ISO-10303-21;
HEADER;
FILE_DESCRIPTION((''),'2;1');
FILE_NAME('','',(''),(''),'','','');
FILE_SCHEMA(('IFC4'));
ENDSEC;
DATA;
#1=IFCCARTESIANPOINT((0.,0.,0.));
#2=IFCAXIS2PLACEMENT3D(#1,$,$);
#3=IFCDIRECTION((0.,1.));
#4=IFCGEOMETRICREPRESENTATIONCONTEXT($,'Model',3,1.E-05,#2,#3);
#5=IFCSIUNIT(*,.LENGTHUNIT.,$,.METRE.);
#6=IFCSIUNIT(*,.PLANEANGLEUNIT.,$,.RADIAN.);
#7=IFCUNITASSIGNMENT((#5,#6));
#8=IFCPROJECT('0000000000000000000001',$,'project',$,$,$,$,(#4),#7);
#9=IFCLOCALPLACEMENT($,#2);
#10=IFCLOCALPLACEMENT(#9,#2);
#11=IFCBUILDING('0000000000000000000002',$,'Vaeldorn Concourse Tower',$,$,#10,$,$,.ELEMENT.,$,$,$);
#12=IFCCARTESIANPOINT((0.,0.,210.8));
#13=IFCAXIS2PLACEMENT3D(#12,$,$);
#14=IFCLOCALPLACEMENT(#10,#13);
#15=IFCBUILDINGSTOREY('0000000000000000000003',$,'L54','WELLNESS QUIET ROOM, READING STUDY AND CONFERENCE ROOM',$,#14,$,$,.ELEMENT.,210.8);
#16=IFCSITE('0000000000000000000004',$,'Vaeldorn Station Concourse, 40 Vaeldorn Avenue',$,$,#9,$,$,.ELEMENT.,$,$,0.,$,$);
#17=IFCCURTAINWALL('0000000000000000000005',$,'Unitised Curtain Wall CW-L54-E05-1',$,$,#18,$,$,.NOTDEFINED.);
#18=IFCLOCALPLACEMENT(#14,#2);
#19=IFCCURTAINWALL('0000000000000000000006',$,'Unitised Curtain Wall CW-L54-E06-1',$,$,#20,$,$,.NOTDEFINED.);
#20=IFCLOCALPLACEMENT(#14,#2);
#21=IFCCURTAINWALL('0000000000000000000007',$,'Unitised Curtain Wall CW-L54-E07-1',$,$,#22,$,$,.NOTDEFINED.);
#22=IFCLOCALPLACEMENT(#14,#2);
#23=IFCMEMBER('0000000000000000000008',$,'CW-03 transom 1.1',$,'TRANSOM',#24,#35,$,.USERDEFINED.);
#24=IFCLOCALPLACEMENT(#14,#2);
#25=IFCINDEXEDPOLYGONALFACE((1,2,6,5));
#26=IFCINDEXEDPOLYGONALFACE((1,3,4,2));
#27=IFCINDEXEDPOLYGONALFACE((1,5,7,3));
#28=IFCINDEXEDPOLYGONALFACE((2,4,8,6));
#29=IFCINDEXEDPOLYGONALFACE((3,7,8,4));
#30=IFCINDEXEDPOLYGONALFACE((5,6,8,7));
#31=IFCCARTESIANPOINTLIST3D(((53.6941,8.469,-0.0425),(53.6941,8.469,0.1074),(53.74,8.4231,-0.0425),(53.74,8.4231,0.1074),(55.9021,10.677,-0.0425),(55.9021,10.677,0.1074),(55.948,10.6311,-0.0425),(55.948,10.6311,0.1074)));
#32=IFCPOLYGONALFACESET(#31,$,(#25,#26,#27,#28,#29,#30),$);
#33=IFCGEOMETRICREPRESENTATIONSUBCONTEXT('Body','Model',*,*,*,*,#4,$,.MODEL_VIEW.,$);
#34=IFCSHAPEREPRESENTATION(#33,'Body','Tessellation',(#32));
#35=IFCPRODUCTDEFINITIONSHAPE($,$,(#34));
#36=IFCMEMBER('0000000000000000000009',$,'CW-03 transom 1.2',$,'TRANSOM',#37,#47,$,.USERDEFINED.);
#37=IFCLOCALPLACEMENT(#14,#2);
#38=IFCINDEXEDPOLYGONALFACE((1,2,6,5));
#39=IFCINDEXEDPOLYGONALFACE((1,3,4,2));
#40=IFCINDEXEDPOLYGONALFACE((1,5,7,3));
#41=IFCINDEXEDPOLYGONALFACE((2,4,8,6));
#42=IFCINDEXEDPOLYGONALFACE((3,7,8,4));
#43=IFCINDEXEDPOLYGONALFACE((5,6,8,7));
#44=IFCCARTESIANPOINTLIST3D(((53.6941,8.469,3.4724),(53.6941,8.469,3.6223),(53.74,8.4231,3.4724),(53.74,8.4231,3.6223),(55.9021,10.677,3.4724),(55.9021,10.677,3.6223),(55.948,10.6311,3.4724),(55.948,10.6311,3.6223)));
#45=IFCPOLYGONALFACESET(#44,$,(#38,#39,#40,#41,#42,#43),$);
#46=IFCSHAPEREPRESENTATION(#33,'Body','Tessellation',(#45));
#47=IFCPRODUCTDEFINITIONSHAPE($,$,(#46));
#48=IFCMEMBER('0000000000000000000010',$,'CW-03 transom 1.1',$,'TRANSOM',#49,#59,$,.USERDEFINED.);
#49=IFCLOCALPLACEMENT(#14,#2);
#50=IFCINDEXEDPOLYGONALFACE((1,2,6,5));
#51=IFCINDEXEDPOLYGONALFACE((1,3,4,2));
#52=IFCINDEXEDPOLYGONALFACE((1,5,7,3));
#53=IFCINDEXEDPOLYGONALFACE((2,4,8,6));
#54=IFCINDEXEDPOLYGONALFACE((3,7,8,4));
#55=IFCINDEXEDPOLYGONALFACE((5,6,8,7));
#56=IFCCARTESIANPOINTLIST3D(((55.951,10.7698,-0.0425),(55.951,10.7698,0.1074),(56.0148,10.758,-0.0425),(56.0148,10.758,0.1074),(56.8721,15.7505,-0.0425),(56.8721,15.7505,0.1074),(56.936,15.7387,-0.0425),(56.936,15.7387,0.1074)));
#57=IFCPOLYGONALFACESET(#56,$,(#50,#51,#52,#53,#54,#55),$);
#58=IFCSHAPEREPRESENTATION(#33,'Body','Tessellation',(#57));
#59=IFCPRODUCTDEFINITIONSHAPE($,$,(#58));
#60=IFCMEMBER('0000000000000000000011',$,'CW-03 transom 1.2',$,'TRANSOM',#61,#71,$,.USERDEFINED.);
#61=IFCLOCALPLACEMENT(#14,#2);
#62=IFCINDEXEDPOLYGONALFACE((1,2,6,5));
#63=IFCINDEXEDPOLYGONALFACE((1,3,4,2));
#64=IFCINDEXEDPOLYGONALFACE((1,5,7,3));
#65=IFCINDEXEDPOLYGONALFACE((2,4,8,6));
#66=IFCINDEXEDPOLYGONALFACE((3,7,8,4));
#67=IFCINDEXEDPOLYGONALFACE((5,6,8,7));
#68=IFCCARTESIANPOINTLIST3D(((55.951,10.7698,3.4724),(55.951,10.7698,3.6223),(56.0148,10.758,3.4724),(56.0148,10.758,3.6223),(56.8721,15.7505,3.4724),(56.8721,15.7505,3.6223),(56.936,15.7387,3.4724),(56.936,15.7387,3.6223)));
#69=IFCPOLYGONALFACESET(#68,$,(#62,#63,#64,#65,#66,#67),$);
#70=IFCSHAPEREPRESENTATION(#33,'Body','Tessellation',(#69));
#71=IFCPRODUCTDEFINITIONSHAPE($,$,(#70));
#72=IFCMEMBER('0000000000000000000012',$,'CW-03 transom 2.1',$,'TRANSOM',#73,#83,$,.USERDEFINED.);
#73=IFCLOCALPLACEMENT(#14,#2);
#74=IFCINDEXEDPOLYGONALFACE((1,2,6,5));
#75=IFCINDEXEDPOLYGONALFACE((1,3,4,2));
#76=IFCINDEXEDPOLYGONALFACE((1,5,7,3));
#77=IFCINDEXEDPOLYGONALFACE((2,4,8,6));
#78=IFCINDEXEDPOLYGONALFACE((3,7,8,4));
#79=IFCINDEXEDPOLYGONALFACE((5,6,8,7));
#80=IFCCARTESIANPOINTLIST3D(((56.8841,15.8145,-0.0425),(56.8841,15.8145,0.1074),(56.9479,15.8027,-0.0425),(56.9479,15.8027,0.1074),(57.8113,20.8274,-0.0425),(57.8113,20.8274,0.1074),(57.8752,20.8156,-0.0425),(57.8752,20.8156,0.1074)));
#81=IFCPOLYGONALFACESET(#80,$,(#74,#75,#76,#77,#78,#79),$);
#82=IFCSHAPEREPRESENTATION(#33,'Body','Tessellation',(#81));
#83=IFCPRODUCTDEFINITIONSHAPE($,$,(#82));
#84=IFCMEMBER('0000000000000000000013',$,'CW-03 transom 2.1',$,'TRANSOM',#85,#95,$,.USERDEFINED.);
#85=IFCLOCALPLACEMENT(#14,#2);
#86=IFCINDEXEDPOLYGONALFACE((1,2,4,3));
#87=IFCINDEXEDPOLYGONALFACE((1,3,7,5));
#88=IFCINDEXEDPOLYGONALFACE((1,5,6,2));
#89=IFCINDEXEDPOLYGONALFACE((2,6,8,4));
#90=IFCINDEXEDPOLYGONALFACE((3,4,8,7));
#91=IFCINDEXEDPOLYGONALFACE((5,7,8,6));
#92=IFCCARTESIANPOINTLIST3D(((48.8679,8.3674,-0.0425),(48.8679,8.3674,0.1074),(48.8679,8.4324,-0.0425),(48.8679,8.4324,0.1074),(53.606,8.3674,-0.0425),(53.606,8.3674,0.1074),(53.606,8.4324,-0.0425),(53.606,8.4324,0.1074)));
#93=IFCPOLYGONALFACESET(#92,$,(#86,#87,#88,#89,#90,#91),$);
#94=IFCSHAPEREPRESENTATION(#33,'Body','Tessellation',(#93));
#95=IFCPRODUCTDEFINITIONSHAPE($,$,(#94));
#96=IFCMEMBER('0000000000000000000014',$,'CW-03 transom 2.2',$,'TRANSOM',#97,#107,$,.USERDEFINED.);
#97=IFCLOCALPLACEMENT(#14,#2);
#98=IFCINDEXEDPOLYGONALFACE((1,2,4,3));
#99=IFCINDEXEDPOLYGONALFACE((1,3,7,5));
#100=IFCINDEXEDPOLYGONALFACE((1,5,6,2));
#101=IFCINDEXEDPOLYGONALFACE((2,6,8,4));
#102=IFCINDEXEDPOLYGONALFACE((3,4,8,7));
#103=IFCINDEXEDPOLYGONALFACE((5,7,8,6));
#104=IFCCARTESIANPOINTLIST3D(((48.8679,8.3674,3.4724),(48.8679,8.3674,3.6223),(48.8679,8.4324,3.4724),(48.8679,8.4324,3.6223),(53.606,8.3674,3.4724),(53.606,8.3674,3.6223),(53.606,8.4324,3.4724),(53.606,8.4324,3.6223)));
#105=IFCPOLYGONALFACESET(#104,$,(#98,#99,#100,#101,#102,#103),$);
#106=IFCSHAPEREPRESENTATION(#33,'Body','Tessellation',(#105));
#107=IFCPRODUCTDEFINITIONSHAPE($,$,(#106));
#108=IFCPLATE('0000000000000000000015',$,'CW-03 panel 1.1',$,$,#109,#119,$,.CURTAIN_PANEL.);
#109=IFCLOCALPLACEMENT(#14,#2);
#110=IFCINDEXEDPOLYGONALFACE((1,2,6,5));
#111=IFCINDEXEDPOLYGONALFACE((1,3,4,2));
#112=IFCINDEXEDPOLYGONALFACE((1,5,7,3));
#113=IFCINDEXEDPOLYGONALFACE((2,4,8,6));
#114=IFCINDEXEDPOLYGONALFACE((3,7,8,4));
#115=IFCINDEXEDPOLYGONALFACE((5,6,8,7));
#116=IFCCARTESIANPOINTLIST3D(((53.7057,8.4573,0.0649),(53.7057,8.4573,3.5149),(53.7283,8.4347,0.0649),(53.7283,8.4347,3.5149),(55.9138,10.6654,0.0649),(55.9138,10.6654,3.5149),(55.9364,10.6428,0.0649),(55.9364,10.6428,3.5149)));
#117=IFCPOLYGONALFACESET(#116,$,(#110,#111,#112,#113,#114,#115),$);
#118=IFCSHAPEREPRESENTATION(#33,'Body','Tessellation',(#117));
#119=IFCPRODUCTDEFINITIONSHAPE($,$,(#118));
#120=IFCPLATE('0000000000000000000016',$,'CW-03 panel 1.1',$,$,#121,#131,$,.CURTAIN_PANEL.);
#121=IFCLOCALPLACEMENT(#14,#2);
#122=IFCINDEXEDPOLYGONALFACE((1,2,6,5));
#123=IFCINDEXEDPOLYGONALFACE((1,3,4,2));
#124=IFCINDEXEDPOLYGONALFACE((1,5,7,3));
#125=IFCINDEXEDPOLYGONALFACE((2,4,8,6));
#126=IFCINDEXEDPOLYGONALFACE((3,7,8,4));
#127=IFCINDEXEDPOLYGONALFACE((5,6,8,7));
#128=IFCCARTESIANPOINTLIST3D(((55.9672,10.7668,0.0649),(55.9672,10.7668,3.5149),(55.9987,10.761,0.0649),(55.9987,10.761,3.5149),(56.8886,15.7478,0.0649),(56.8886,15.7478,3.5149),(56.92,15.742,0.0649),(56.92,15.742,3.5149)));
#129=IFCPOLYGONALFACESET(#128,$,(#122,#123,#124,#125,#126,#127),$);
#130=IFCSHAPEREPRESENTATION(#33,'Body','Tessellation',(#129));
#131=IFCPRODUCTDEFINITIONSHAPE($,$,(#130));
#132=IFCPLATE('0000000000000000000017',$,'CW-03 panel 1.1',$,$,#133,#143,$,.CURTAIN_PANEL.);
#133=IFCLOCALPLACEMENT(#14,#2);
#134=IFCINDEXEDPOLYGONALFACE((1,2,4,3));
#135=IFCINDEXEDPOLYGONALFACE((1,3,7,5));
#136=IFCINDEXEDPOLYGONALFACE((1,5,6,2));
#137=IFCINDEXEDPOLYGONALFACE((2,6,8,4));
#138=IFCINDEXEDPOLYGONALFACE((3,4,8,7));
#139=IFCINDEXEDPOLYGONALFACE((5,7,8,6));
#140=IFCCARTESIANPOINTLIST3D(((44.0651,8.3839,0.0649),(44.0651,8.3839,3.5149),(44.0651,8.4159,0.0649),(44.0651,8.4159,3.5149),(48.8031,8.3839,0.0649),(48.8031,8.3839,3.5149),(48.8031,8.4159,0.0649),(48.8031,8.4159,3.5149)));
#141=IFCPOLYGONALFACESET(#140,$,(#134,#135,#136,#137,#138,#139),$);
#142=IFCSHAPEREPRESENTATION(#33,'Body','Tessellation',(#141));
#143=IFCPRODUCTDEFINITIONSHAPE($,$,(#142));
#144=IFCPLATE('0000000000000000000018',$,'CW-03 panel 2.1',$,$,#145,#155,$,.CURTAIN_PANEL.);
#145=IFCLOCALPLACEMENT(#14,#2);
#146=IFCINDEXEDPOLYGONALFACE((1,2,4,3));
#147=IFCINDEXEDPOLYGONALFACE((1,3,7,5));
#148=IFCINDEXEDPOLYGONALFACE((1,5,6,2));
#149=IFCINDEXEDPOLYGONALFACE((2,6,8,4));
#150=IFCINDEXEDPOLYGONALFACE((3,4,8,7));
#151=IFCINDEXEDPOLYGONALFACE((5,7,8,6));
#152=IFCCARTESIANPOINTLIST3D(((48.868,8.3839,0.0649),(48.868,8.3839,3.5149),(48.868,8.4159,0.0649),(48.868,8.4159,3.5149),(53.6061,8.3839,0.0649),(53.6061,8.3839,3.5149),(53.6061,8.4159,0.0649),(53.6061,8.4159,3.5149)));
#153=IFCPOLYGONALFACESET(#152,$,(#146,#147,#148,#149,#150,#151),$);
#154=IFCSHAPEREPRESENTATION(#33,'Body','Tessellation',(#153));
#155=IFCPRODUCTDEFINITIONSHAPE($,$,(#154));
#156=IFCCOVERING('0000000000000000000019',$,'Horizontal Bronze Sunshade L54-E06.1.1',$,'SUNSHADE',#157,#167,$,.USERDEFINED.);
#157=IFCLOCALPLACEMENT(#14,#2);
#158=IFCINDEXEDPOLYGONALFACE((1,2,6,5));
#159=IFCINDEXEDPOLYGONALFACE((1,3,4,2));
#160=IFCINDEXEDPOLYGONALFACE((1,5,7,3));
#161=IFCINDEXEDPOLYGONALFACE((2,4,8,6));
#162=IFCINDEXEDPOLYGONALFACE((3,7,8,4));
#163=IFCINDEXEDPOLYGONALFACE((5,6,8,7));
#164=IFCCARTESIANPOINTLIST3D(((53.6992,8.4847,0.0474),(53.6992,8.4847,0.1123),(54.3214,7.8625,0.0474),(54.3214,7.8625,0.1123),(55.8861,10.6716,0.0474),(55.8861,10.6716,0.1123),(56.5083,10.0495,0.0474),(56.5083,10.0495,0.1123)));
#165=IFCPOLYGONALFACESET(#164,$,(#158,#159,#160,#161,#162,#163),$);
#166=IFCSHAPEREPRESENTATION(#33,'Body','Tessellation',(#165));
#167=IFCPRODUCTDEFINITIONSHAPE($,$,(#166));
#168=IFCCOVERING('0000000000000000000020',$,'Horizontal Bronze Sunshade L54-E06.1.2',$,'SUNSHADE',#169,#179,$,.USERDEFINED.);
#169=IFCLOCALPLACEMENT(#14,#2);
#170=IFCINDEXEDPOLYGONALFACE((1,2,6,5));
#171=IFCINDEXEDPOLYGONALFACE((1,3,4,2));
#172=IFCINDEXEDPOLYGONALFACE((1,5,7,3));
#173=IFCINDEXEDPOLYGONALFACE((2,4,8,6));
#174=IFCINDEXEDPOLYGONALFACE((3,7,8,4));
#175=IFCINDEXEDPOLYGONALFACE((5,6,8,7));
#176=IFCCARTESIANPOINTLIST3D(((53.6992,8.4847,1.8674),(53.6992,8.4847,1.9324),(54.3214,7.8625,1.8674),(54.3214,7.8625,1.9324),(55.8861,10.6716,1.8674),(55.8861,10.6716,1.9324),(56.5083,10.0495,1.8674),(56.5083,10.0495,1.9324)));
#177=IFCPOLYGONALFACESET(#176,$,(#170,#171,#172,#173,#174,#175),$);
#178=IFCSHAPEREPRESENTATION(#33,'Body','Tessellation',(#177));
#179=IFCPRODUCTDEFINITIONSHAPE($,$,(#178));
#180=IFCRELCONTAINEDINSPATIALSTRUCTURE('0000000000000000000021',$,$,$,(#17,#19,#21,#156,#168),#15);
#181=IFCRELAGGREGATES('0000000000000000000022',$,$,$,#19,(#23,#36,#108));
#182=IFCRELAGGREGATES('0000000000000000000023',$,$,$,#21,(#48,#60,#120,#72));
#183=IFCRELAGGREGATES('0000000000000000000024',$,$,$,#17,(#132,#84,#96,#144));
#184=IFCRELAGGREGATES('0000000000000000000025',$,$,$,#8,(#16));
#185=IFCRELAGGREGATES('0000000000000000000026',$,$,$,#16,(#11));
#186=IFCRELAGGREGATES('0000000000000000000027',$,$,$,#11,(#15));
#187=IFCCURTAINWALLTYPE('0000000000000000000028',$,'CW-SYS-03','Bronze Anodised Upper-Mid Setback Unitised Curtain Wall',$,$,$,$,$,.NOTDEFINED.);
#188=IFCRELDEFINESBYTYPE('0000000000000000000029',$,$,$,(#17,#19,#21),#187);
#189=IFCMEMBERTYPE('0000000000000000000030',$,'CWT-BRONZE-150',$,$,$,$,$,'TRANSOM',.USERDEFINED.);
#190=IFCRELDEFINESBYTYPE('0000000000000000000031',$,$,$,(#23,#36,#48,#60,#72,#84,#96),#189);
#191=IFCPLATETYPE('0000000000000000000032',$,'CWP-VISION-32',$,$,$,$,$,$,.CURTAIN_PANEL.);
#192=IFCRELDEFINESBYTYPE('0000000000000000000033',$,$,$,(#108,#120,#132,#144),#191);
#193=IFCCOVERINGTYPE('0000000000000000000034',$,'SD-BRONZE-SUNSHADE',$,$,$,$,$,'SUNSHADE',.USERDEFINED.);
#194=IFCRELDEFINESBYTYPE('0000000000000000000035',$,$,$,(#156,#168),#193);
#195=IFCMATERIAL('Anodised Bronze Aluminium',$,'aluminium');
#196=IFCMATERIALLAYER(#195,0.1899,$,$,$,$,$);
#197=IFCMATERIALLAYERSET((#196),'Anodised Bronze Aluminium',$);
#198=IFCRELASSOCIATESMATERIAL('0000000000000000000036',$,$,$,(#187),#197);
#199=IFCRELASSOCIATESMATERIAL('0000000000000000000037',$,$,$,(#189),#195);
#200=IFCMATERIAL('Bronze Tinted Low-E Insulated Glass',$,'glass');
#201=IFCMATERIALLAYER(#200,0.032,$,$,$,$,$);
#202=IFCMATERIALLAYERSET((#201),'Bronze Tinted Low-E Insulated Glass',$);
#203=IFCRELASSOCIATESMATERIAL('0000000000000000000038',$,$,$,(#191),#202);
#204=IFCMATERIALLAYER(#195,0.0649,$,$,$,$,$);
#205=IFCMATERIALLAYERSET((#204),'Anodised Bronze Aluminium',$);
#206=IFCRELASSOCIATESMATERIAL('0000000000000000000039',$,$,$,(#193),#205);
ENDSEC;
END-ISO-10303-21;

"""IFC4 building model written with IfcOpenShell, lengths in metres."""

from ifc_helpers import new_model, si_unit, direction, frame, origin, origin_2d, place, context, subcontext, project, spatial, rectangle, extrude, source, transform, mapped, material, layer, layer_set, material_profile, profile_set, type_object, element, aggregate, save


model = new_model("IFC4")

# Units and contexts
model_context = context("Model", 3, precision=1e-05, world=origin(), true_north=direction((0.0, 1.0)))
body_context = subcontext(model_context, "Body", "Model", "MODEL_VIEW")
ifc_project = project(units=[si_unit("LENGTHUNIT", "METRE"), si_unit("PLANEANGLEUNIT", "RADIAN")], contexts=[model_context])

# Site, building, storey
site_placement = place(None, origin())
site = spatial("IfcSite", under=ifc_project, at=site_placement, Name="Vaeldorn Station Concourse, 40 Vaeldorn Avenue", CompositionType="ELEMENT", RefElevation=0.0)
building_placement = place(site_placement, origin())
building = spatial("IfcBuilding", under=site, at=building_placement, Name="Vaeldorn Concourse Tower", CompositionType="ELEMENT")
storey_placement = place(building_placement, frame((0.0, 0.0, 210.8)))
storey = spatial("IfcBuildingStorey", under=building, at=storey_placement, Name="L54", Description="WELLNESS QUIET ROOM, READING STUDY AND CONFERENCE ROOM", CompositionType="ELEMENT", Elevation=210.8)

# Curtain walls
ifc_material_1 = material(Name="Anodised Bronze Aluminium", Category="aluminium")
ifc_layer_1 = layer(ifc_material_1, 0.1899)
ifc_layer_set_1 = layer_set([ifc_layer_1], Name="Anodised Bronze Aluminium")
curtain_wall_type = type_object("IfcCurtainWallType", Name="CW-SYS-03", Description="Bronze Anodised Upper-Mid Setback Unitised Curtain Wall", PredefinedType="NOTDEFINED", material=ifc_layer_set_1)
curtain_wall_1_placement = place(storey_placement, origin())
curtain_wall_1 = element("IfcCurtainWall", 1, at=curtain_wall_1_placement, inside=storey, type_object=curtain_wall_type, Name="Unitised Curtain Wall CW-L54-E05-1", PredefinedType="NOTDEFINED")
curtain_wall_2_placement = place(storey_placement, origin())
curtain_wall_2 = element("IfcCurtainWall", 2, at=curtain_wall_2_placement, inside=storey, type_object=curtain_wall_type, Name="Unitised Curtain Wall CW-L54-E06-1", PredefinedType="NOTDEFINED")
curtain_wall_3_placement = place(storey_placement, origin())
curtain_wall_3 = element("IfcCurtainWall", 3, at=curtain_wall_3_placement, inside=storey, type_object=curtain_wall_type, Name="Unitised Curtain Wall CW-L54-E07-1", PredefinedType="NOTDEFINED")

# Members
ifc_material_profile_1 = material_profile(ifc_material_1, rectangle(XDim=0.0649, YDim=0.1499, at=origin_2d()), Name="CWT 65x150")
ifc_profile_set_1 = profile_set([ifc_material_profile_1], Name="Anodised Bronze Aluminium")
member_type_1 = type_object("IfcMemberType", Name="CWT-BRONZE-150", ElementType="TRANSOM", PredefinedType="USERDEFINED", material=ifc_profile_set_1)
shared_shape_1 = source(origin(), body_context, "Body", "SweptSolid", [
    extrude(rectangle(XDim=0.0649, YDim=0.1499, at=origin_2d()), origin(), (0.0, 0.0, 1.0), 3.1226),
])
member_1_placement = place(storey_placement, frame((53.717, 8.446, 0.0325), z_axis=(0.707107, 0.707107, 0.0), x_axis=(-0.707107, 0.707107, 0.0)))
member_1 = element("IfcMember", 4, at=member_1_placement, type_object=member_type_1, Name="CW-03 transom 1.1", ObjectType="TRANSOM", PredefinedType="USERDEFINED", context=body_context, shape_type="MappedRepresentation", body=[
    mapped(shared_shape_1, transform((0.0, 0.0, 0.0), scale=1.0)),
])
member_2_placement = place(storey_placement, frame((53.717, 8.446, 3.5474), z_axis=(0.707107, 0.707107, 0.0), x_axis=(-0.707107, 0.707107, 0.0)))
member_2 = element("IfcMember", 5, at=member_2_placement, type_object=member_type_1, Name="CW-03 transom 1.2", ObjectType="TRANSOM", PredefinedType="USERDEFINED", context=body_context, shape_type="MappedRepresentation", body=[
    mapped(shared_shape_1, transform((0.0, 0.0, 0.0), scale=1.0)),
])
shared_shape_2 = source(origin(), body_context, "Body", "SweptSolid", [
    extrude(rectangle(XDim=0.0649, YDim=0.1499, at=origin_2d()), origin(), (0.0, 0.0, 1.0), 5.0652),
])
member_3_placement = place(storey_placement, frame((55.9829, 10.7639, 0.0325), z_axis=(0.181858, 0.983325, 0.0), x_axis=(-0.983325, 0.181858, 0.0)))
member_3 = element("IfcMember", 6, at=member_3_placement, type_object=member_type_1, Name="CW-03 transom 1.1", ObjectType="TRANSOM", PredefinedType="USERDEFINED", context=body_context, shape_type="MappedRepresentation", body=[
    mapped(shared_shape_2, transform((0.0, 0.0, 0.0), scale=1.0)),
])
member_4_placement = place(storey_placement, frame((55.9829, 10.7639, 3.5474), z_axis=(0.181858, 0.983325, 0.0), x_axis=(-0.983325, 0.181858, 0.0)))
member_4 = element("IfcMember", 7, at=member_4_placement, type_object=member_type_1, Name="CW-03 transom 1.2", ObjectType="TRANSOM", PredefinedType="USERDEFINED", context=body_context, shape_type="MappedRepresentation", body=[
    mapped(shared_shape_2, transform((0.0, 0.0, 0.0), scale=1.0)),
])
shared_shape_3 = source(origin(), body_context, "Body", "SweptSolid", [
    extrude(rectangle(XDim=0.0649, YDim=0.1499, at=origin_2d()), origin(), (0.0, 0.0, 1.0), 5.0979),
])
member_5_placement = place(storey_placement, frame((56.916, 15.8086, 0.0325), z_axis=(0.181885, 0.98332, 0.0), x_axis=(-0.98332, 0.181885, 0.0)))
member_5 = element("IfcMember", 8, at=member_5_placement, type_object=member_type_1, Name="CW-03 transom 2.1", ObjectType="TRANSOM", PredefinedType="USERDEFINED", context=body_context, shape_type="MappedRepresentation", body=[
    mapped(shared_shape_3, transform((0.0, 0.0, 0.0), scale=1.0)),
])
shared_shape_4 = source(origin(), body_context, "Body", "SweptSolid", [
    extrude(rectangle(XDim=0.0649, YDim=0.1499, at=origin_2d()), origin(), (0.0, 0.0, 1.0), 4.738),
])
member_6_placement = place(storey_placement, frame((48.8679, 8.3999, 0.0325), z_axis=(1.0, 0.0, 0.0), x_axis=(0.0, 1.0, 0.0)))
member_6 = element("IfcMember", 9, at=member_6_placement, type_object=member_type_1, Name="CW-03 transom 2.1", ObjectType="TRANSOM", PredefinedType="USERDEFINED", context=body_context, shape_type="MappedRepresentation", body=[
    mapped(shared_shape_4, transform((0.0, 0.0, 0.0), scale=1.0)),
])
member_7_placement = place(storey_placement, frame((48.8679, 8.3999, 3.5474), z_axis=(1.0, 0.0, 0.0), x_axis=(0.0, 1.0, 0.0)))
member_7 = element("IfcMember", 10, at=member_7_placement, type_object=member_type_1, Name="CW-03 transom 2.2", ObjectType="TRANSOM", PredefinedType="USERDEFINED", context=body_context, shape_type="MappedRepresentation", body=[
    mapped(shared_shape_4, transform((0.0, 0.0, 0.0), scale=1.0)),
])

# Plates
ifc_material_2 = material(Name="Bronze Tinted Low-E Insulated Glass", Category="glass")
ifc_layer_2 = layer(ifc_material_2, 0.032)
ifc_layer_set_2 = layer_set([ifc_layer_2], Name="Bronze Tinted Low-E Insulated Glass")
plate_type = type_object("IfcPlateType", Name="CWP-VISION-32", PredefinedType="CURTAIN_PANEL", material=ifc_layer_set_2)
shared_shape_5 = source(origin(), body_context, "Body", "SweptSolid", [
    extrude(rectangle(XDim=3.1228, YDim=0.032, at=origin_2d()), origin(), (0.0, 0.0, 1.0), 3.45),
])
plate_1_placement = place(storey_placement, frame((54.821, 9.55, 0.0649), z_axis=(0.0, 0.0, 1.0), x_axis=(0.707107, 0.707107, 0.0)))
plate_1 = element("IfcPlate", 11, at=plate_1_placement, type_object=plate_type, Name="CW-03 panel 1.1", PredefinedType="CURTAIN_PANEL", context=body_context, shape_type="MappedRepresentation", body=[
    mapped(shared_shape_5, transform((0.0, 0.0, 0.0), scale=1.0)),
])
aggregate(curtain_wall_2, [member_1, member_2, plate_1])
shared_shape_6 = source(origin(), body_context, "Body", "SweptSolid", [
    extrude(rectangle(XDim=5.0654, YDim=0.032, at=origin_2d()), origin(), (0.0, 0.0, 1.0), 3.45),
])
plate_2_placement = place(storey_placement, frame((56.4436, 13.2544, 0.0649), z_axis=(0.0, 0.0, 1.0), x_axis=(0.181889, 0.983319, 0.0)))
plate_2 = element("IfcPlate", 12, at=plate_2_placement, type_object=plate_type, Name="CW-03 panel 1.1", PredefinedType="CURTAIN_PANEL", context=body_context, shape_type="MappedRepresentation", body=[
    mapped(shared_shape_6, transform((0.0, 0.0, 0.0), scale=1.0)),
])
aggregate(curtain_wall_3, [member_3, member_4, plate_2, member_5])
shared_shape_7 = source(origin(), body_context, "Body", "SweptSolid", [
    extrude(rectangle(XDim=4.738, YDim=0.032, at=origin_2d()), origin(), (0.0, 0.0, 1.0), 3.45),
])
plate_3_placement = place(storey_placement, frame((46.4341, 8.3999, 0.0649), z_axis=(0.0, 0.0, 1.0), x_axis=(1.0, 0.0, 0.0)))
plate_3 = element("IfcPlate", 13, at=plate_3_placement, type_object=plate_type, Name="CW-03 panel 1.1", PredefinedType="CURTAIN_PANEL", context=body_context, shape_type="MappedRepresentation", body=[
    mapped(shared_shape_7, transform((0.0, 0.0, 0.0), scale=1.0)),
])
plate_4_placement = place(storey_placement, frame((51.2371, 8.3999, 0.0649), z_axis=(0.0, 0.0, 1.0), x_axis=(1.0, 0.0, 0.0)))
plate_4 = element("IfcPlate", 14, at=plate_4_placement, type_object=plate_type, Name="CW-03 panel 2.1", PredefinedType="CURTAIN_PANEL", context=body_context, shape_type="MappedRepresentation", body=[
    mapped(shared_shape_7, transform((0.0, 0.0, 0.0), scale=1.0)),
])
aggregate(curtain_wall_1, [plate_3, member_6, member_7, plate_4])

# Coverings
ifc_layer_3 = layer(ifc_material_1, 0.0649)
ifc_layer_set_3 = layer_set([ifc_layer_3], Name="Anodised Bronze Aluminium")
covering_type = type_object("IfcCoveringType", Name="SD-BRONZE-SUNSHADE", ElementType="SUNSHADE", PredefinedType="USERDEFINED", material=ifc_layer_set_3)
shared_shape_8 = source(origin(), body_context, "Body", "SweptSolid", [
    extrude(rectangle(XDim=3.0928, YDim=0.8799, at=origin_2d()), origin(), (0.0, 0.0, 1.0), 0.0649),
])
for number, where, z_axis, x_axis, name in (
    (15, (55.1038, 9.2671, 0.0474), (0.0, 0.0, 1.0), (0.707107, 0.707107, 0.0), "Horizontal Bronze Sunshade L54-E06.1.1"),
    (16, (55.1038, 9.2671, 1.8674), (0.0, 0.0, 1.0), (0.707107, 0.707107, 0.0), "Horizontal Bronze Sunshade L54-E06.1.2"),
):
    element("IfcCovering", number, at=place(storey_placement, frame(where, z_axis=z_axis, x_axis=x_axis)), inside=storey, type_object=covering_type, Name=name, ObjectType="SUNSHADE", PredefinedType="USERDEFINED", context=body_context, shape_type="MappedRepresentation", body=[
        mapped(shared_shape_8, transform((0.0, 0.0, 0.0), scale=1.0)),
    ])

save(model, "model.ifc")
